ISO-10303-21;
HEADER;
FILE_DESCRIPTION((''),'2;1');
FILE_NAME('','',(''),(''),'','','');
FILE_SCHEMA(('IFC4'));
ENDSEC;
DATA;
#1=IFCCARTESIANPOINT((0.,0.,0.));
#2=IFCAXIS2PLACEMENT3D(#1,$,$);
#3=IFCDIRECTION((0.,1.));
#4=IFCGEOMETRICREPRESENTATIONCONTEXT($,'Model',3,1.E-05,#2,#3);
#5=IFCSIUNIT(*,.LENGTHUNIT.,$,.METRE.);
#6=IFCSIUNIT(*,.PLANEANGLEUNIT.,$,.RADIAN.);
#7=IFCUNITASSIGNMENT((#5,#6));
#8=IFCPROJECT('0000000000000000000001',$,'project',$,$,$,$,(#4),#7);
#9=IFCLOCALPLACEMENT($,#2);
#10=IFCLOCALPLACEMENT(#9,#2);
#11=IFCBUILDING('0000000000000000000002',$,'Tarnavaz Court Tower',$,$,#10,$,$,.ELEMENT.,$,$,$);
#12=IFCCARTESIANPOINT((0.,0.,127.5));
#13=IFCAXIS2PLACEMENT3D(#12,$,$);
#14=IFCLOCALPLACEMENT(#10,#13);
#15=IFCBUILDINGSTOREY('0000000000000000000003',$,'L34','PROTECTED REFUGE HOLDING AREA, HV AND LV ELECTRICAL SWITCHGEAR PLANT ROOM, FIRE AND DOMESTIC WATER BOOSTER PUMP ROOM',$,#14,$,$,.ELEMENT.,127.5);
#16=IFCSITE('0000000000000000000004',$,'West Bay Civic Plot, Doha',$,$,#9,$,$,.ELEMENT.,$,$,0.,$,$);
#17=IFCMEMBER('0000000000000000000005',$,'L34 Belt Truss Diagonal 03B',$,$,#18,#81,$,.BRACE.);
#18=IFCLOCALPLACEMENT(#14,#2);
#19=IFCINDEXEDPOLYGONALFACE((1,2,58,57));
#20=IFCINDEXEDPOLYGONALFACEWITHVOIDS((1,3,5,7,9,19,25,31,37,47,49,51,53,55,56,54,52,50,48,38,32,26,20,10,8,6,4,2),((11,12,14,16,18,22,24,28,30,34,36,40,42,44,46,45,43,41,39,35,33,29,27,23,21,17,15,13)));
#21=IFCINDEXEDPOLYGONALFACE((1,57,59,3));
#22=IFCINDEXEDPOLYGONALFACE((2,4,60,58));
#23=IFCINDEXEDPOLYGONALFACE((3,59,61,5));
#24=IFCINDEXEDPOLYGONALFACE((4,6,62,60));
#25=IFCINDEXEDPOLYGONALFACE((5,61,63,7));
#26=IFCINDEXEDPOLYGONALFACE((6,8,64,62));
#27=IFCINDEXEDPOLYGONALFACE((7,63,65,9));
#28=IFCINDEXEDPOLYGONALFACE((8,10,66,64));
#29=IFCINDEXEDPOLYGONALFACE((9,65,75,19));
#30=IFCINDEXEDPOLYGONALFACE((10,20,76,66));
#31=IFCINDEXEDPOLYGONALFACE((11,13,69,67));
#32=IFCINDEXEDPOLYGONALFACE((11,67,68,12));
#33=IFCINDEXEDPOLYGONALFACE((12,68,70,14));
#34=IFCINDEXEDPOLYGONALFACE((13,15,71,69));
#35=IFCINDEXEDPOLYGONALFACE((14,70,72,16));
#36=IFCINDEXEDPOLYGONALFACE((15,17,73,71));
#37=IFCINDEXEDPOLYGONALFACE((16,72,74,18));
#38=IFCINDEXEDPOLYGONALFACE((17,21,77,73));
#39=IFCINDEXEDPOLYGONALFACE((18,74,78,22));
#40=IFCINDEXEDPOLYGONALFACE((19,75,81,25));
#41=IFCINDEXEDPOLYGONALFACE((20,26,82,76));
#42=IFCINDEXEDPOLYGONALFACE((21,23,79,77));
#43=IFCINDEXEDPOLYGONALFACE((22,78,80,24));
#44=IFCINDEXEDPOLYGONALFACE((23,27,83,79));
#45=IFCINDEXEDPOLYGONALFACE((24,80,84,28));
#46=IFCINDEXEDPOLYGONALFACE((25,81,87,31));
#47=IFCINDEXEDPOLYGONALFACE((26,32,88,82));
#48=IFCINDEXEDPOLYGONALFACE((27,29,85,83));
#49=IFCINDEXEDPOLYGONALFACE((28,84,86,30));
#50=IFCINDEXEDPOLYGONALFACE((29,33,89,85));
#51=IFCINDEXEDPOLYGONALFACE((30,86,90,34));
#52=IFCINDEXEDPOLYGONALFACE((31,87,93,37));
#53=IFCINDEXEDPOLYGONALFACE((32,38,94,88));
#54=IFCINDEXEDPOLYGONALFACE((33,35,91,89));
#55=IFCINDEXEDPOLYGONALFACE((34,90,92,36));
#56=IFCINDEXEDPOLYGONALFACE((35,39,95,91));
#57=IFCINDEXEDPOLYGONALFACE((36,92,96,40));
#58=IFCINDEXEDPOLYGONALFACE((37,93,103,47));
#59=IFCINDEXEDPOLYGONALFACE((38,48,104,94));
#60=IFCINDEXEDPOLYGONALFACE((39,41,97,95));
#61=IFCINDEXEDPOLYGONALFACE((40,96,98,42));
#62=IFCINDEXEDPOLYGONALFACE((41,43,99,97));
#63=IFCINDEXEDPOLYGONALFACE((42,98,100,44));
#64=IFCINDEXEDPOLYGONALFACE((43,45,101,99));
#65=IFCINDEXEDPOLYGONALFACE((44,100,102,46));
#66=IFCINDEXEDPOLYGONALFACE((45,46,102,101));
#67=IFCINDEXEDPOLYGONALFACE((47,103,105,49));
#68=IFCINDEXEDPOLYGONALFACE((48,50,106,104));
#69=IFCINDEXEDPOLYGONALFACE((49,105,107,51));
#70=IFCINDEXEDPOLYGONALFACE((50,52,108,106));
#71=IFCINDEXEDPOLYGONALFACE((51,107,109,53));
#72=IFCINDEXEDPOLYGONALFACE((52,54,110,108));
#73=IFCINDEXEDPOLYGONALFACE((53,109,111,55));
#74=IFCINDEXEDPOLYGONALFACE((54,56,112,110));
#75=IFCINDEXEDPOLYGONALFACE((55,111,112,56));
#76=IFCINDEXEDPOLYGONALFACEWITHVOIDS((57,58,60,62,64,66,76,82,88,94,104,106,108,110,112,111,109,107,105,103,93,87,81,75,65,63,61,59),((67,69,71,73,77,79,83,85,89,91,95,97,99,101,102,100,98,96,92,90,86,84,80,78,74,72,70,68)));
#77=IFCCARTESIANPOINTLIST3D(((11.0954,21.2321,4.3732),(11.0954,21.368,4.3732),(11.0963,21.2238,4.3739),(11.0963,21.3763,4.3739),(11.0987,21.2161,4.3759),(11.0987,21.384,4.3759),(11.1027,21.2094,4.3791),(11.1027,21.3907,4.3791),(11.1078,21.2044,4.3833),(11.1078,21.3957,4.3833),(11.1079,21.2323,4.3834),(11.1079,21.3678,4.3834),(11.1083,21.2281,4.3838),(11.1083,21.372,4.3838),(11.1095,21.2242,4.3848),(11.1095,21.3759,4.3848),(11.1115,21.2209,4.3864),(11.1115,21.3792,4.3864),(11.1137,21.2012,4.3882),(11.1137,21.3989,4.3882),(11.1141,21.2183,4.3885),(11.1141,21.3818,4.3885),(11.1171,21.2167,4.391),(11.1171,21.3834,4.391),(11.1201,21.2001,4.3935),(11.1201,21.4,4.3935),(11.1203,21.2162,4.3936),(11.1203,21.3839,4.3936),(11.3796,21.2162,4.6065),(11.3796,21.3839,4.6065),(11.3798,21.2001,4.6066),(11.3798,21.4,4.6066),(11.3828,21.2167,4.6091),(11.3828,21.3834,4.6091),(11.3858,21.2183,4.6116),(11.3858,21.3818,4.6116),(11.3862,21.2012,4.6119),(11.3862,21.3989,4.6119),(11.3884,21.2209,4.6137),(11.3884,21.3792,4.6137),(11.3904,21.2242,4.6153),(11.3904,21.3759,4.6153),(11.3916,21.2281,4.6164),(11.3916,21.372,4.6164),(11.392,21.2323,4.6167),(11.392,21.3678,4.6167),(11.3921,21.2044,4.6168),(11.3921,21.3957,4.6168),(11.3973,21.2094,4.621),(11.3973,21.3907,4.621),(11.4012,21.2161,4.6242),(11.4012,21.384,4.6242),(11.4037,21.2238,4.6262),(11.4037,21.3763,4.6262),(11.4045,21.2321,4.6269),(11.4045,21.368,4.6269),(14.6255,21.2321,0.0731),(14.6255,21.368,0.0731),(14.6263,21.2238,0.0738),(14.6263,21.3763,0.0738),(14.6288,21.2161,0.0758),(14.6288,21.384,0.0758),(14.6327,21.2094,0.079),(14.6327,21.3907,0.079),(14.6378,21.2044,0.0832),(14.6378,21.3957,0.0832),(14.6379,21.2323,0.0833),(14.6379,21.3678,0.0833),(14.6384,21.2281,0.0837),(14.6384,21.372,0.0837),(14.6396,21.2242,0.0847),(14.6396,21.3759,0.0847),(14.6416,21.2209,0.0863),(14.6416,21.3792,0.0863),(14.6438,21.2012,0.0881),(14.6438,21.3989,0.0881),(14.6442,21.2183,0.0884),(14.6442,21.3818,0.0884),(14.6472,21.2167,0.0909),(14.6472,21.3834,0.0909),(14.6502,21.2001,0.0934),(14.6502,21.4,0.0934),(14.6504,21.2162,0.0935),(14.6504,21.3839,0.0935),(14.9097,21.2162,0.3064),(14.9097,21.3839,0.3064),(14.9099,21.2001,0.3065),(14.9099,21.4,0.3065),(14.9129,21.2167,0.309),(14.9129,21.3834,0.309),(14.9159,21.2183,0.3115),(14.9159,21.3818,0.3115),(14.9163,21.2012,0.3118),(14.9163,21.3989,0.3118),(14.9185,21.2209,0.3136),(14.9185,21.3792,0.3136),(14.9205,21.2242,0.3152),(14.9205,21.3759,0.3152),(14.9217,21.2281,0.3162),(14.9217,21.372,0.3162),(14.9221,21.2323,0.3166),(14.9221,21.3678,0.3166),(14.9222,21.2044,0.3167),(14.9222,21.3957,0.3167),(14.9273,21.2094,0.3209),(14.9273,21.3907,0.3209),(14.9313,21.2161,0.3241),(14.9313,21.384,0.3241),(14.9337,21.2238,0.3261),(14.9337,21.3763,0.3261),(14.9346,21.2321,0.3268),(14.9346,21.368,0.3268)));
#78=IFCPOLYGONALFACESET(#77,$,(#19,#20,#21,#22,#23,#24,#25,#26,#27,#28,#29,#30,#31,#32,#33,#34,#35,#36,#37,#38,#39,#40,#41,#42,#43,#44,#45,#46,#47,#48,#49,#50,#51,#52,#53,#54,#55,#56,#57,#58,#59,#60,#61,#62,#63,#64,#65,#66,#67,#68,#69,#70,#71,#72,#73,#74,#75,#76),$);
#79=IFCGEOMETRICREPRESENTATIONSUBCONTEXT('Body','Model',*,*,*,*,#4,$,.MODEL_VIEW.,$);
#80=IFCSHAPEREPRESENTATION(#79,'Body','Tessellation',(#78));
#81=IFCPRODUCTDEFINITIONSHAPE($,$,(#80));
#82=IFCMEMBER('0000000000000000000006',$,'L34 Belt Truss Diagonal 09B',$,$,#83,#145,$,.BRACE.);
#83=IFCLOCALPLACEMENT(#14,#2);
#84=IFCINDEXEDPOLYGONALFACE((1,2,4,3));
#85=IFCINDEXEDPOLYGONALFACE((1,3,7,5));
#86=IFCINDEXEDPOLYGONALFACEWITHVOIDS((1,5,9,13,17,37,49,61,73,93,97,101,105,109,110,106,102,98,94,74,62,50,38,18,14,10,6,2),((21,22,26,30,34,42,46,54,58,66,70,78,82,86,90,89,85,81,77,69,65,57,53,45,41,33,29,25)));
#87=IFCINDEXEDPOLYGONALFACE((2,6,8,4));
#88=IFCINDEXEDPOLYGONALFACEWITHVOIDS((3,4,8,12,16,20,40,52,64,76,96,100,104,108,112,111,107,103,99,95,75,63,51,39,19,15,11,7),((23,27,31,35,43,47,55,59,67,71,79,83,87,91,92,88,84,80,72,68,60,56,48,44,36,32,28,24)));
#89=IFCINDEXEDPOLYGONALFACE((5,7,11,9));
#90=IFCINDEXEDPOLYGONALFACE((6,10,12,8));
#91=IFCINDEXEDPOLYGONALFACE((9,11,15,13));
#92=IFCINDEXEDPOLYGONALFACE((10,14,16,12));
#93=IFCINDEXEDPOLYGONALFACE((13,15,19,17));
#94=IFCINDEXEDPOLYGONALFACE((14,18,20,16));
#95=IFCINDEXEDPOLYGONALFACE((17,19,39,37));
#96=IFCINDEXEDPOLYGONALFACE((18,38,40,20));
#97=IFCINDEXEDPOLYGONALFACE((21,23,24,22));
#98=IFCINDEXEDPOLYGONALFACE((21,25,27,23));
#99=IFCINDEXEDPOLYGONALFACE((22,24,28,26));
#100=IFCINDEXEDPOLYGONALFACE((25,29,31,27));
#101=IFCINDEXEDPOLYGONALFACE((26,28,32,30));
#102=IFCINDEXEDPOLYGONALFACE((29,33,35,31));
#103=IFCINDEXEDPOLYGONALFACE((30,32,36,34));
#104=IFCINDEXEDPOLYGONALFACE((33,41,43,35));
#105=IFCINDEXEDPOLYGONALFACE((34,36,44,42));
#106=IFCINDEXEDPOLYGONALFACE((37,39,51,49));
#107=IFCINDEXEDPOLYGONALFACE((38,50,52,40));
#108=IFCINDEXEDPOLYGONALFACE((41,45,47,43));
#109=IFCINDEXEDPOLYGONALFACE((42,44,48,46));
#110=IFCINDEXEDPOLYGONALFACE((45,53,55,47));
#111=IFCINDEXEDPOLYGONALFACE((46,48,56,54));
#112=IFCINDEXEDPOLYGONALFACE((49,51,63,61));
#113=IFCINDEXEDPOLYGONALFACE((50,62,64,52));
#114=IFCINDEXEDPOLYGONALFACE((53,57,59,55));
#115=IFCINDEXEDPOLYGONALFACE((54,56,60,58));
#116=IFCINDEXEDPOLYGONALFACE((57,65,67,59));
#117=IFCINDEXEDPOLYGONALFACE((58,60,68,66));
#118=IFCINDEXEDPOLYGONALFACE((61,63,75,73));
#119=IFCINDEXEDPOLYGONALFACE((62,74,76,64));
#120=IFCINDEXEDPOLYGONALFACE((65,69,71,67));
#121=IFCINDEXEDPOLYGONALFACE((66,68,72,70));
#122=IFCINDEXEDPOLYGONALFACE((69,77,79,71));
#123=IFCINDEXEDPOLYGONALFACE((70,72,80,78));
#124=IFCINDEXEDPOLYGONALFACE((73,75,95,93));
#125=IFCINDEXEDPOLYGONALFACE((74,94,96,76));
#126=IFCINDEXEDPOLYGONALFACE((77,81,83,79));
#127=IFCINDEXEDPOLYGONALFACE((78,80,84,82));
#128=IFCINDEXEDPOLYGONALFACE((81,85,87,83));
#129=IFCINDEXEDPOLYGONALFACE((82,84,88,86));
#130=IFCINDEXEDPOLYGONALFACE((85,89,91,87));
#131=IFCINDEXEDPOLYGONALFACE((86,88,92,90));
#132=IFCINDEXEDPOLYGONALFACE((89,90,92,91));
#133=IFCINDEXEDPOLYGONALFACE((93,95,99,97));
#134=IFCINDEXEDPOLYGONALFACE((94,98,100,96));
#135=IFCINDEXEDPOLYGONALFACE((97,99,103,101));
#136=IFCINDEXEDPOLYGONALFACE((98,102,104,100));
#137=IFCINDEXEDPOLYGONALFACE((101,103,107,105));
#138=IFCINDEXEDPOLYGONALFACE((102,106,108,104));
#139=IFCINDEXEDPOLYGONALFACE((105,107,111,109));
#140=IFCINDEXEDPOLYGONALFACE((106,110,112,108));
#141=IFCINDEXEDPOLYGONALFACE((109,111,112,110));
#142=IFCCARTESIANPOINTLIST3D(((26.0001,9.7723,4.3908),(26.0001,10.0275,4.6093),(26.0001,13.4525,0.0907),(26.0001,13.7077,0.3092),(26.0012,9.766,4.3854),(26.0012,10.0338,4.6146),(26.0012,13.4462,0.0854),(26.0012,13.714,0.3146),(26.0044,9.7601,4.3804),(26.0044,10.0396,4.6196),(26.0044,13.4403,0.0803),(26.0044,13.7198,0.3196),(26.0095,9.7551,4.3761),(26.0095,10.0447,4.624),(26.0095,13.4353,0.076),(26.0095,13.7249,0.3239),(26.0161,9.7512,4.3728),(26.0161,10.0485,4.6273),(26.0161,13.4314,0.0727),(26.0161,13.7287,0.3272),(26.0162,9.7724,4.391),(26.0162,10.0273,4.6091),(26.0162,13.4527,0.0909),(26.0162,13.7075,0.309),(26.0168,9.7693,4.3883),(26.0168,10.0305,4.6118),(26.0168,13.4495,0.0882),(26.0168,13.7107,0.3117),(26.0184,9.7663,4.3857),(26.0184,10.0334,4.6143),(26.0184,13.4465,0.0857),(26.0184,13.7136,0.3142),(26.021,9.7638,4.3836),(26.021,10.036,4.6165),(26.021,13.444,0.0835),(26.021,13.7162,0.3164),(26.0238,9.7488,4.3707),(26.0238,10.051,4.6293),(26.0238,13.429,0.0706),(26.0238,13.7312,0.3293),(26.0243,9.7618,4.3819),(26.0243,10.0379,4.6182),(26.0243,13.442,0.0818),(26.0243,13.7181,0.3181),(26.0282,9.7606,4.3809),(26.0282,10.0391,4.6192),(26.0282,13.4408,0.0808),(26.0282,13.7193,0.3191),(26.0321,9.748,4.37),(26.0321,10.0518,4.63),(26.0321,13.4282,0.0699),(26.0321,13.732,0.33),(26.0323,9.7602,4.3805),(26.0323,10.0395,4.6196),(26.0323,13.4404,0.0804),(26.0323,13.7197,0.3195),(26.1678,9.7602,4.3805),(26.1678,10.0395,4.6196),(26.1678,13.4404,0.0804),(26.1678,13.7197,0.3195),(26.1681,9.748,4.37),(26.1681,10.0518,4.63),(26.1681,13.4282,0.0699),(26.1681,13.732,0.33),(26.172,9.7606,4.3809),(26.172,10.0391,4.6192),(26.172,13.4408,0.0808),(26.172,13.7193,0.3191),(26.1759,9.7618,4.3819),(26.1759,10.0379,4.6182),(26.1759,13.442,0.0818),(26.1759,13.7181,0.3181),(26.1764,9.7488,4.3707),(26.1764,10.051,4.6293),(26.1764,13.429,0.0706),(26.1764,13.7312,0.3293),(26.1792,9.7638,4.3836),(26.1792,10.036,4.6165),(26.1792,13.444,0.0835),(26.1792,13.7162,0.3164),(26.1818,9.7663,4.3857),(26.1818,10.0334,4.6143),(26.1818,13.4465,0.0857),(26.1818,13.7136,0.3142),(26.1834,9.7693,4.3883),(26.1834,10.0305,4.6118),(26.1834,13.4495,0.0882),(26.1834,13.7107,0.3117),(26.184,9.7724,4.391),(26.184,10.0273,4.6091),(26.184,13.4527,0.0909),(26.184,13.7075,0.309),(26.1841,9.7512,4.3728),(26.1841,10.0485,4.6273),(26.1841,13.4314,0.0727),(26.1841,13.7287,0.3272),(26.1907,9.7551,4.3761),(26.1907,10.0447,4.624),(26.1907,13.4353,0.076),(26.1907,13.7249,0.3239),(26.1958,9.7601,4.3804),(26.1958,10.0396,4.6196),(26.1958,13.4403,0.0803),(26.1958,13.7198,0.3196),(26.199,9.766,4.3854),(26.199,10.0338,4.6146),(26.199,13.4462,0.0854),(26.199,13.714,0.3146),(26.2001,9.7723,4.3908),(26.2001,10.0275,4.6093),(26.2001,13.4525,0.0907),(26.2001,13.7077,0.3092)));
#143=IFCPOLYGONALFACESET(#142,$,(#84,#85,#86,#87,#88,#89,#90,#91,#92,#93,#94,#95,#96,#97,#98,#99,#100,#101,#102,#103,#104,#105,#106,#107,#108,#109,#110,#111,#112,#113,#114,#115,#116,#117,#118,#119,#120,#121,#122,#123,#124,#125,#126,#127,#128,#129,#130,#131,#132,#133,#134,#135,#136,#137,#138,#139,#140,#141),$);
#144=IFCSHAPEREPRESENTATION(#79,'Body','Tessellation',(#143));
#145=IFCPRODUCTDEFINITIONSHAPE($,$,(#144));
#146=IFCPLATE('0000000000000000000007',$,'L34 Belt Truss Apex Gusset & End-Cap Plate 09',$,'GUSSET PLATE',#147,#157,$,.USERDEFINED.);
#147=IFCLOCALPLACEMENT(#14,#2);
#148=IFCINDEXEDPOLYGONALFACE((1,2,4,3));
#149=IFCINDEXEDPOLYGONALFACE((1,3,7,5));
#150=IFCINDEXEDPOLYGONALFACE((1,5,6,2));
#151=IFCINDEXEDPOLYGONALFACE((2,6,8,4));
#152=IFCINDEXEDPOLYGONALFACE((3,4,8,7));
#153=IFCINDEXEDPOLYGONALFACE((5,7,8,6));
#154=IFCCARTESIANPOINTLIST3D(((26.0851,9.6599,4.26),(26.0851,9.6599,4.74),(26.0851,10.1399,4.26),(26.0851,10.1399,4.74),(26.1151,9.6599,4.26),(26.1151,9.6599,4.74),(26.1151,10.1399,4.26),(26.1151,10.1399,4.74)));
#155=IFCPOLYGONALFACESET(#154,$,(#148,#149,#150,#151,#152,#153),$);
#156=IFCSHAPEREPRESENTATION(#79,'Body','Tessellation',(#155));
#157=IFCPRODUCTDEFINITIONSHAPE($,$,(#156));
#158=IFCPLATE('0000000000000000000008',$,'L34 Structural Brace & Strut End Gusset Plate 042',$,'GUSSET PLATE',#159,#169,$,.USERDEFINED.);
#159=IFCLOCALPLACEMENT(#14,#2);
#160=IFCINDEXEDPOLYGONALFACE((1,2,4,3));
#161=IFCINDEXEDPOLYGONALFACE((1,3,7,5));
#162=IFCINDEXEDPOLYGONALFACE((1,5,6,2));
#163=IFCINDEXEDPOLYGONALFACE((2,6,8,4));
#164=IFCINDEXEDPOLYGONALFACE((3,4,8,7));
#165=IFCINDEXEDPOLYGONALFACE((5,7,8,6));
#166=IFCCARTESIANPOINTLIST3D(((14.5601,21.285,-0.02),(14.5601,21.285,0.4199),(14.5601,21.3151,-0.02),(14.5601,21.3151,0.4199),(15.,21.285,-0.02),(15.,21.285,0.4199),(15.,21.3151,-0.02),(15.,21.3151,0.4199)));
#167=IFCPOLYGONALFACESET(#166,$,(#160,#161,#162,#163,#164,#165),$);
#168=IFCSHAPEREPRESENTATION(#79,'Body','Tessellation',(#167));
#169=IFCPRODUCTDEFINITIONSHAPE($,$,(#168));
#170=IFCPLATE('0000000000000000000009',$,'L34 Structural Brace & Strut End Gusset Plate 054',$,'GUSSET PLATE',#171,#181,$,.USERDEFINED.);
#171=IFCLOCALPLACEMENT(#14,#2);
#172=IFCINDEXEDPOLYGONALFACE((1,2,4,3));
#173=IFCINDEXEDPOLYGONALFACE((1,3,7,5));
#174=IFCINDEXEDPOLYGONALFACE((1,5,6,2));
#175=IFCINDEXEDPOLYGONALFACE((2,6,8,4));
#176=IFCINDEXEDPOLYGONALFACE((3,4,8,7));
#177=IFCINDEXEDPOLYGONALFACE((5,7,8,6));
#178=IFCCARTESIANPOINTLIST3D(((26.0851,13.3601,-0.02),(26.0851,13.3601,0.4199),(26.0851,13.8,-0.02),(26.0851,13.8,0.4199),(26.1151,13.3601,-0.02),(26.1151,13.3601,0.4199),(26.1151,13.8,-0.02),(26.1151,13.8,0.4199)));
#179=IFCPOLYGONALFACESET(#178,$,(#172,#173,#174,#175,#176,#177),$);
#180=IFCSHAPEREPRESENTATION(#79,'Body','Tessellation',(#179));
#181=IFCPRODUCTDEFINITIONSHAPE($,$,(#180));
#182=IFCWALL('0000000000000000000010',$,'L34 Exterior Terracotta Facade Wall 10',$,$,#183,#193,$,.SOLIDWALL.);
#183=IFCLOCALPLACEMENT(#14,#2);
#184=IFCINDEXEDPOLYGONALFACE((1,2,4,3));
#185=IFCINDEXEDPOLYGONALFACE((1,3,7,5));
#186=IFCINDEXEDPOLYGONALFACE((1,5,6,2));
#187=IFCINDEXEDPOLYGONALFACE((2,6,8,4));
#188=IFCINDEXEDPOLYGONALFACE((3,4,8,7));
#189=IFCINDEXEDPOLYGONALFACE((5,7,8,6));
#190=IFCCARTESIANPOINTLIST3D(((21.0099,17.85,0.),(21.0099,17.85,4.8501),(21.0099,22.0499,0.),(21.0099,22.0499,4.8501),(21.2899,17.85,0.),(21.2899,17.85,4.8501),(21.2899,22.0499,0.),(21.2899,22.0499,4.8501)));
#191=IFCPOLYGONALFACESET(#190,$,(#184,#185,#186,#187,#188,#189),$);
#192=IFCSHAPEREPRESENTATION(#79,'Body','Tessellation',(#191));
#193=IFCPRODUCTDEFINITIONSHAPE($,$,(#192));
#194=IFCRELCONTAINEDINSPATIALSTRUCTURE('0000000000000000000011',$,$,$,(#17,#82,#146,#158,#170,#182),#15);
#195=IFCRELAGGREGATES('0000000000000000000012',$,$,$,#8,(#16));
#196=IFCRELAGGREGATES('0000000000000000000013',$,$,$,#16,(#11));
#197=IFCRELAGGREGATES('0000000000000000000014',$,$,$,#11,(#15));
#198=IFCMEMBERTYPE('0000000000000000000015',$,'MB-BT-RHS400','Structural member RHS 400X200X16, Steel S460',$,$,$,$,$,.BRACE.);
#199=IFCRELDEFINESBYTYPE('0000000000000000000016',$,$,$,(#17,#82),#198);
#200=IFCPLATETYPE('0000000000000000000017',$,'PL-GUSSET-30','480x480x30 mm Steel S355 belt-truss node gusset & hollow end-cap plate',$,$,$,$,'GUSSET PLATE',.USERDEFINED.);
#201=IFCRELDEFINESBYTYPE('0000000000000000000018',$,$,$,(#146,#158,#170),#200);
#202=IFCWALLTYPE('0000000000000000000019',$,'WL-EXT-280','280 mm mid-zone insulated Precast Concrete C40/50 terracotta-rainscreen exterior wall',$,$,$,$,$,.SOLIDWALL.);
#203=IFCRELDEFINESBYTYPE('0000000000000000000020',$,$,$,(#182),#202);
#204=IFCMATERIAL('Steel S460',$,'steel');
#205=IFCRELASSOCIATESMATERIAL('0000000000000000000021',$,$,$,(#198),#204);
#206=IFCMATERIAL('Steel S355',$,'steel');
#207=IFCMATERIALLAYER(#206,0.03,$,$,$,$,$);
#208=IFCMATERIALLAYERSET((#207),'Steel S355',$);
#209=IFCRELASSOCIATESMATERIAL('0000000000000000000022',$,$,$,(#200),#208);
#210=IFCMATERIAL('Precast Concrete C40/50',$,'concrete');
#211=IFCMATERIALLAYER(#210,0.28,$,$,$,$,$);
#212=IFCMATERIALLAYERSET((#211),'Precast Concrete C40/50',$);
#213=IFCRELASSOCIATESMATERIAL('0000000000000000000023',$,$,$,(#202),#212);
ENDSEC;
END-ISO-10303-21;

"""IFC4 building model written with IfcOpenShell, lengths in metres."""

from ifc_helpers import new_model, si_unit, direction, frame, frame_2d, origin, origin_2d, place, context, subcontext, project, spatial, rectangle, hollow_rectangle, extrude, material, layer, layer_set, material_profile, profile_set, type_object, element, save


model = new_model("IFC4")

# Units and contexts
model_context = context("Model", 3, precision=1e-05, world=origin(), true_north=direction((0.0, 1.0)))
body_context = subcontext(model_context, "Body", "Model", "MODEL_VIEW")
ifc_project = project(units=[si_unit("LENGTHUNIT", "METRE"), si_unit("PLANEANGLEUNIT", "RADIAN")], contexts=[model_context])

# Site, building, storey
site_placement = place(None, origin())
site = spatial("IfcSite", under=ifc_project, at=site_placement, Name="West Bay Civic Plot, Doha", CompositionType="ELEMENT", RefElevation=0.0)
building_placement = place(site_placement, origin())
building = spatial("IfcBuilding", under=site, at=building_placement, Name="Tarnavaz Court Tower", CompositionType="ELEMENT")
storey_placement = place(building_placement, frame((0.0, 0.0, 127.5)))
storey = spatial("IfcBuildingStorey", under=building, at=storey_placement, Name="L34", Description="PROTECTED REFUGE HOLDING AREA, HV AND LV ELECTRICAL SWITCHGEAR PLANT ROOM, FIRE AND DOMESTIC WATER BOOSTER PUMP ROOM", CompositionType="ELEMENT", Elevation=127.5)

# Shared definitions
ifc_material_1 = material(Name="Steel S460", Category="steel")

# Members
ifc_material_profile_1 = material_profile(ifc_material_1, hollow_rectangle(XDim=0.2, YDim=0.3999, WallThickness=0.0161, InnerFilletRadius=0.0161, OuterFilletRadius=0.032, at=origin_2d()), Name="RHS 400X200X16")
ifc_profile_set_1 = profile_set([ifc_material_profile_1], Name="Steel S460")
member_type = type_object("IfcMemberType", Name="MB-BT-RHS400", Description="Structural member RHS 400X200X16, Steel S460", PredefinedType="BRACE", material=ifc_profile_set_1)
member_1_placement = place(storey_placement, frame((14.78, 21.3, 0.2), z_axis=(-0.634508, 0.0, 0.772916), x_axis=(0.0, -1.0, 0.0)))
element("IfcMember", 1, at=member_1_placement, inside=storey, type_object=member_type, Name="L34 Belt Truss Diagonal 03B", PredefinedType="BRACE", context=body_context, shape_type="SweptSolid", body=[
    extrude(hollow_rectangle(XDim=0.2, YDim=0.3999, WallThickness=0.0161, InnerFilletRadius=0.0161, OuterFilletRadius=0.032, at=origin_2d()), origin(), (0.0, 0.0, 1.0), 5.5635),
])
member_2_placement = place(storey_placement, frame((26.1001, 13.5801, 0.2), z_axis=(0.0, -0.650223, 0.759744), x_axis=(1.0, 0.0, 0.0)))
element("IfcMember", 2, at=member_2_placement, inside=storey, type_object=member_type, Name="L34 Belt Truss Diagonal 09B", PredefinedType="BRACE", context=body_context, shape_type="SweptSolid", body=[
    extrude(hollow_rectangle(XDim=0.2, YDim=0.3999, WallThickness=0.0161, InnerFilletRadius=0.0161, OuterFilletRadius=0.032, at=origin_2d()), origin(), (0.0, 0.0, 1.0), 5.6599),
])

# Plates
ifc_material_2 = material(Name="Steel S355", Category="steel")
ifc_layer_1 = layer(ifc_material_2, 0.03)
ifc_layer_set_1 = layer_set([ifc_layer_1], Name="Steel S355")
plate_type = type_object("IfcPlateType", Name="PL-GUSSET-30", Description="480x480x30 mm Steel S355 belt-truss node gusset & hollow end-cap plate", ElementType="GUSSET PLATE", PredefinedType="USERDEFINED", material=ifc_layer_set_1)
plate_placement = place(storey_placement, frame((26.1001, 9.8999, 4.26), z_axis=(0.0, 0.0, 1.0), x_axis=(0.0, 1.0, 0.0)))
element("IfcPlate", 3, at=plate_placement, inside=storey, type_object=plate_type, Name="L34 Belt Truss Apex Gusset & End-Cap Plate 09", ObjectType="GUSSET PLATE", PredefinedType="USERDEFINED", context=body_context, shape_type="SweptSolid", body=[
    extrude(rectangle(XDim=0.48, YDim=0.03, at=origin_2d()), origin(), (0.0, 0.0, 1.0), 0.48),
])
for number, where, z_axis, x_axis, name in (
    (4, (14.78, 21.3, -0.02), (0.0, 0.0, 1.0), (1.0, 0.0, 0.0), "L34 Structural Brace & Strut End Gusset Plate 042"),
    (5, (26.1001, 13.5801, -0.02), (0.0, 0.0, 1.0), (0.0, 1.0, 0.0), "L34 Structural Brace & Strut End Gusset Plate 054"),
):
    element("IfcPlate", number, at=place(storey_placement, frame(where, z_axis=z_axis, x_axis=x_axis)), inside=storey, type_object=plate_type, Name=name, ObjectType="GUSSET PLATE", PredefinedType="USERDEFINED", context=body_context, shape_type="SweptSolid", body=[
        extrude(rectangle(XDim=0.4399, YDim=0.03, at=origin_2d()), origin(), (0.0, 0.0, 1.0), 0.4399),
    ])

# Wall
ifc_material_3 = material(Name="Precast Concrete C40/50", Category="concrete")
ifc_layer_2 = layer(ifc_material_3, 0.28)
ifc_layer_set_2 = layer_set([ifc_layer_2], Name="Precast Concrete C40/50")
wall_type = type_object("IfcWallType", Name="WL-EXT-280", Description="280 mm mid-zone insulated Precast Concrete C40/50 terracotta-rainscreen exterior wall", PredefinedType="SOLIDWALL", material=ifc_layer_set_2)
wall_1_placement = place(storey_placement, frame((21.1499, 22.05, 0.0), z_axis=(0.0, 0.0, 1.0), x_axis=(0.0, -1.0, 0.0)))
element("IfcWall", 6, at=wall_1_placement, inside=storey, type_object=wall_type, Name="L34 Exterior Terracotta Facade Wall 10", PredefinedType="SOLIDWALL", context=body_context, shape_type="SweptSolid", body=[
    extrude(rectangle(XDim=4.2, YDim=0.28, at=frame_2d((2.1001, 0.0))), origin(), (0.0, 0.0, 1.0), 4.8501),
])

save(model, "model.ifc")
